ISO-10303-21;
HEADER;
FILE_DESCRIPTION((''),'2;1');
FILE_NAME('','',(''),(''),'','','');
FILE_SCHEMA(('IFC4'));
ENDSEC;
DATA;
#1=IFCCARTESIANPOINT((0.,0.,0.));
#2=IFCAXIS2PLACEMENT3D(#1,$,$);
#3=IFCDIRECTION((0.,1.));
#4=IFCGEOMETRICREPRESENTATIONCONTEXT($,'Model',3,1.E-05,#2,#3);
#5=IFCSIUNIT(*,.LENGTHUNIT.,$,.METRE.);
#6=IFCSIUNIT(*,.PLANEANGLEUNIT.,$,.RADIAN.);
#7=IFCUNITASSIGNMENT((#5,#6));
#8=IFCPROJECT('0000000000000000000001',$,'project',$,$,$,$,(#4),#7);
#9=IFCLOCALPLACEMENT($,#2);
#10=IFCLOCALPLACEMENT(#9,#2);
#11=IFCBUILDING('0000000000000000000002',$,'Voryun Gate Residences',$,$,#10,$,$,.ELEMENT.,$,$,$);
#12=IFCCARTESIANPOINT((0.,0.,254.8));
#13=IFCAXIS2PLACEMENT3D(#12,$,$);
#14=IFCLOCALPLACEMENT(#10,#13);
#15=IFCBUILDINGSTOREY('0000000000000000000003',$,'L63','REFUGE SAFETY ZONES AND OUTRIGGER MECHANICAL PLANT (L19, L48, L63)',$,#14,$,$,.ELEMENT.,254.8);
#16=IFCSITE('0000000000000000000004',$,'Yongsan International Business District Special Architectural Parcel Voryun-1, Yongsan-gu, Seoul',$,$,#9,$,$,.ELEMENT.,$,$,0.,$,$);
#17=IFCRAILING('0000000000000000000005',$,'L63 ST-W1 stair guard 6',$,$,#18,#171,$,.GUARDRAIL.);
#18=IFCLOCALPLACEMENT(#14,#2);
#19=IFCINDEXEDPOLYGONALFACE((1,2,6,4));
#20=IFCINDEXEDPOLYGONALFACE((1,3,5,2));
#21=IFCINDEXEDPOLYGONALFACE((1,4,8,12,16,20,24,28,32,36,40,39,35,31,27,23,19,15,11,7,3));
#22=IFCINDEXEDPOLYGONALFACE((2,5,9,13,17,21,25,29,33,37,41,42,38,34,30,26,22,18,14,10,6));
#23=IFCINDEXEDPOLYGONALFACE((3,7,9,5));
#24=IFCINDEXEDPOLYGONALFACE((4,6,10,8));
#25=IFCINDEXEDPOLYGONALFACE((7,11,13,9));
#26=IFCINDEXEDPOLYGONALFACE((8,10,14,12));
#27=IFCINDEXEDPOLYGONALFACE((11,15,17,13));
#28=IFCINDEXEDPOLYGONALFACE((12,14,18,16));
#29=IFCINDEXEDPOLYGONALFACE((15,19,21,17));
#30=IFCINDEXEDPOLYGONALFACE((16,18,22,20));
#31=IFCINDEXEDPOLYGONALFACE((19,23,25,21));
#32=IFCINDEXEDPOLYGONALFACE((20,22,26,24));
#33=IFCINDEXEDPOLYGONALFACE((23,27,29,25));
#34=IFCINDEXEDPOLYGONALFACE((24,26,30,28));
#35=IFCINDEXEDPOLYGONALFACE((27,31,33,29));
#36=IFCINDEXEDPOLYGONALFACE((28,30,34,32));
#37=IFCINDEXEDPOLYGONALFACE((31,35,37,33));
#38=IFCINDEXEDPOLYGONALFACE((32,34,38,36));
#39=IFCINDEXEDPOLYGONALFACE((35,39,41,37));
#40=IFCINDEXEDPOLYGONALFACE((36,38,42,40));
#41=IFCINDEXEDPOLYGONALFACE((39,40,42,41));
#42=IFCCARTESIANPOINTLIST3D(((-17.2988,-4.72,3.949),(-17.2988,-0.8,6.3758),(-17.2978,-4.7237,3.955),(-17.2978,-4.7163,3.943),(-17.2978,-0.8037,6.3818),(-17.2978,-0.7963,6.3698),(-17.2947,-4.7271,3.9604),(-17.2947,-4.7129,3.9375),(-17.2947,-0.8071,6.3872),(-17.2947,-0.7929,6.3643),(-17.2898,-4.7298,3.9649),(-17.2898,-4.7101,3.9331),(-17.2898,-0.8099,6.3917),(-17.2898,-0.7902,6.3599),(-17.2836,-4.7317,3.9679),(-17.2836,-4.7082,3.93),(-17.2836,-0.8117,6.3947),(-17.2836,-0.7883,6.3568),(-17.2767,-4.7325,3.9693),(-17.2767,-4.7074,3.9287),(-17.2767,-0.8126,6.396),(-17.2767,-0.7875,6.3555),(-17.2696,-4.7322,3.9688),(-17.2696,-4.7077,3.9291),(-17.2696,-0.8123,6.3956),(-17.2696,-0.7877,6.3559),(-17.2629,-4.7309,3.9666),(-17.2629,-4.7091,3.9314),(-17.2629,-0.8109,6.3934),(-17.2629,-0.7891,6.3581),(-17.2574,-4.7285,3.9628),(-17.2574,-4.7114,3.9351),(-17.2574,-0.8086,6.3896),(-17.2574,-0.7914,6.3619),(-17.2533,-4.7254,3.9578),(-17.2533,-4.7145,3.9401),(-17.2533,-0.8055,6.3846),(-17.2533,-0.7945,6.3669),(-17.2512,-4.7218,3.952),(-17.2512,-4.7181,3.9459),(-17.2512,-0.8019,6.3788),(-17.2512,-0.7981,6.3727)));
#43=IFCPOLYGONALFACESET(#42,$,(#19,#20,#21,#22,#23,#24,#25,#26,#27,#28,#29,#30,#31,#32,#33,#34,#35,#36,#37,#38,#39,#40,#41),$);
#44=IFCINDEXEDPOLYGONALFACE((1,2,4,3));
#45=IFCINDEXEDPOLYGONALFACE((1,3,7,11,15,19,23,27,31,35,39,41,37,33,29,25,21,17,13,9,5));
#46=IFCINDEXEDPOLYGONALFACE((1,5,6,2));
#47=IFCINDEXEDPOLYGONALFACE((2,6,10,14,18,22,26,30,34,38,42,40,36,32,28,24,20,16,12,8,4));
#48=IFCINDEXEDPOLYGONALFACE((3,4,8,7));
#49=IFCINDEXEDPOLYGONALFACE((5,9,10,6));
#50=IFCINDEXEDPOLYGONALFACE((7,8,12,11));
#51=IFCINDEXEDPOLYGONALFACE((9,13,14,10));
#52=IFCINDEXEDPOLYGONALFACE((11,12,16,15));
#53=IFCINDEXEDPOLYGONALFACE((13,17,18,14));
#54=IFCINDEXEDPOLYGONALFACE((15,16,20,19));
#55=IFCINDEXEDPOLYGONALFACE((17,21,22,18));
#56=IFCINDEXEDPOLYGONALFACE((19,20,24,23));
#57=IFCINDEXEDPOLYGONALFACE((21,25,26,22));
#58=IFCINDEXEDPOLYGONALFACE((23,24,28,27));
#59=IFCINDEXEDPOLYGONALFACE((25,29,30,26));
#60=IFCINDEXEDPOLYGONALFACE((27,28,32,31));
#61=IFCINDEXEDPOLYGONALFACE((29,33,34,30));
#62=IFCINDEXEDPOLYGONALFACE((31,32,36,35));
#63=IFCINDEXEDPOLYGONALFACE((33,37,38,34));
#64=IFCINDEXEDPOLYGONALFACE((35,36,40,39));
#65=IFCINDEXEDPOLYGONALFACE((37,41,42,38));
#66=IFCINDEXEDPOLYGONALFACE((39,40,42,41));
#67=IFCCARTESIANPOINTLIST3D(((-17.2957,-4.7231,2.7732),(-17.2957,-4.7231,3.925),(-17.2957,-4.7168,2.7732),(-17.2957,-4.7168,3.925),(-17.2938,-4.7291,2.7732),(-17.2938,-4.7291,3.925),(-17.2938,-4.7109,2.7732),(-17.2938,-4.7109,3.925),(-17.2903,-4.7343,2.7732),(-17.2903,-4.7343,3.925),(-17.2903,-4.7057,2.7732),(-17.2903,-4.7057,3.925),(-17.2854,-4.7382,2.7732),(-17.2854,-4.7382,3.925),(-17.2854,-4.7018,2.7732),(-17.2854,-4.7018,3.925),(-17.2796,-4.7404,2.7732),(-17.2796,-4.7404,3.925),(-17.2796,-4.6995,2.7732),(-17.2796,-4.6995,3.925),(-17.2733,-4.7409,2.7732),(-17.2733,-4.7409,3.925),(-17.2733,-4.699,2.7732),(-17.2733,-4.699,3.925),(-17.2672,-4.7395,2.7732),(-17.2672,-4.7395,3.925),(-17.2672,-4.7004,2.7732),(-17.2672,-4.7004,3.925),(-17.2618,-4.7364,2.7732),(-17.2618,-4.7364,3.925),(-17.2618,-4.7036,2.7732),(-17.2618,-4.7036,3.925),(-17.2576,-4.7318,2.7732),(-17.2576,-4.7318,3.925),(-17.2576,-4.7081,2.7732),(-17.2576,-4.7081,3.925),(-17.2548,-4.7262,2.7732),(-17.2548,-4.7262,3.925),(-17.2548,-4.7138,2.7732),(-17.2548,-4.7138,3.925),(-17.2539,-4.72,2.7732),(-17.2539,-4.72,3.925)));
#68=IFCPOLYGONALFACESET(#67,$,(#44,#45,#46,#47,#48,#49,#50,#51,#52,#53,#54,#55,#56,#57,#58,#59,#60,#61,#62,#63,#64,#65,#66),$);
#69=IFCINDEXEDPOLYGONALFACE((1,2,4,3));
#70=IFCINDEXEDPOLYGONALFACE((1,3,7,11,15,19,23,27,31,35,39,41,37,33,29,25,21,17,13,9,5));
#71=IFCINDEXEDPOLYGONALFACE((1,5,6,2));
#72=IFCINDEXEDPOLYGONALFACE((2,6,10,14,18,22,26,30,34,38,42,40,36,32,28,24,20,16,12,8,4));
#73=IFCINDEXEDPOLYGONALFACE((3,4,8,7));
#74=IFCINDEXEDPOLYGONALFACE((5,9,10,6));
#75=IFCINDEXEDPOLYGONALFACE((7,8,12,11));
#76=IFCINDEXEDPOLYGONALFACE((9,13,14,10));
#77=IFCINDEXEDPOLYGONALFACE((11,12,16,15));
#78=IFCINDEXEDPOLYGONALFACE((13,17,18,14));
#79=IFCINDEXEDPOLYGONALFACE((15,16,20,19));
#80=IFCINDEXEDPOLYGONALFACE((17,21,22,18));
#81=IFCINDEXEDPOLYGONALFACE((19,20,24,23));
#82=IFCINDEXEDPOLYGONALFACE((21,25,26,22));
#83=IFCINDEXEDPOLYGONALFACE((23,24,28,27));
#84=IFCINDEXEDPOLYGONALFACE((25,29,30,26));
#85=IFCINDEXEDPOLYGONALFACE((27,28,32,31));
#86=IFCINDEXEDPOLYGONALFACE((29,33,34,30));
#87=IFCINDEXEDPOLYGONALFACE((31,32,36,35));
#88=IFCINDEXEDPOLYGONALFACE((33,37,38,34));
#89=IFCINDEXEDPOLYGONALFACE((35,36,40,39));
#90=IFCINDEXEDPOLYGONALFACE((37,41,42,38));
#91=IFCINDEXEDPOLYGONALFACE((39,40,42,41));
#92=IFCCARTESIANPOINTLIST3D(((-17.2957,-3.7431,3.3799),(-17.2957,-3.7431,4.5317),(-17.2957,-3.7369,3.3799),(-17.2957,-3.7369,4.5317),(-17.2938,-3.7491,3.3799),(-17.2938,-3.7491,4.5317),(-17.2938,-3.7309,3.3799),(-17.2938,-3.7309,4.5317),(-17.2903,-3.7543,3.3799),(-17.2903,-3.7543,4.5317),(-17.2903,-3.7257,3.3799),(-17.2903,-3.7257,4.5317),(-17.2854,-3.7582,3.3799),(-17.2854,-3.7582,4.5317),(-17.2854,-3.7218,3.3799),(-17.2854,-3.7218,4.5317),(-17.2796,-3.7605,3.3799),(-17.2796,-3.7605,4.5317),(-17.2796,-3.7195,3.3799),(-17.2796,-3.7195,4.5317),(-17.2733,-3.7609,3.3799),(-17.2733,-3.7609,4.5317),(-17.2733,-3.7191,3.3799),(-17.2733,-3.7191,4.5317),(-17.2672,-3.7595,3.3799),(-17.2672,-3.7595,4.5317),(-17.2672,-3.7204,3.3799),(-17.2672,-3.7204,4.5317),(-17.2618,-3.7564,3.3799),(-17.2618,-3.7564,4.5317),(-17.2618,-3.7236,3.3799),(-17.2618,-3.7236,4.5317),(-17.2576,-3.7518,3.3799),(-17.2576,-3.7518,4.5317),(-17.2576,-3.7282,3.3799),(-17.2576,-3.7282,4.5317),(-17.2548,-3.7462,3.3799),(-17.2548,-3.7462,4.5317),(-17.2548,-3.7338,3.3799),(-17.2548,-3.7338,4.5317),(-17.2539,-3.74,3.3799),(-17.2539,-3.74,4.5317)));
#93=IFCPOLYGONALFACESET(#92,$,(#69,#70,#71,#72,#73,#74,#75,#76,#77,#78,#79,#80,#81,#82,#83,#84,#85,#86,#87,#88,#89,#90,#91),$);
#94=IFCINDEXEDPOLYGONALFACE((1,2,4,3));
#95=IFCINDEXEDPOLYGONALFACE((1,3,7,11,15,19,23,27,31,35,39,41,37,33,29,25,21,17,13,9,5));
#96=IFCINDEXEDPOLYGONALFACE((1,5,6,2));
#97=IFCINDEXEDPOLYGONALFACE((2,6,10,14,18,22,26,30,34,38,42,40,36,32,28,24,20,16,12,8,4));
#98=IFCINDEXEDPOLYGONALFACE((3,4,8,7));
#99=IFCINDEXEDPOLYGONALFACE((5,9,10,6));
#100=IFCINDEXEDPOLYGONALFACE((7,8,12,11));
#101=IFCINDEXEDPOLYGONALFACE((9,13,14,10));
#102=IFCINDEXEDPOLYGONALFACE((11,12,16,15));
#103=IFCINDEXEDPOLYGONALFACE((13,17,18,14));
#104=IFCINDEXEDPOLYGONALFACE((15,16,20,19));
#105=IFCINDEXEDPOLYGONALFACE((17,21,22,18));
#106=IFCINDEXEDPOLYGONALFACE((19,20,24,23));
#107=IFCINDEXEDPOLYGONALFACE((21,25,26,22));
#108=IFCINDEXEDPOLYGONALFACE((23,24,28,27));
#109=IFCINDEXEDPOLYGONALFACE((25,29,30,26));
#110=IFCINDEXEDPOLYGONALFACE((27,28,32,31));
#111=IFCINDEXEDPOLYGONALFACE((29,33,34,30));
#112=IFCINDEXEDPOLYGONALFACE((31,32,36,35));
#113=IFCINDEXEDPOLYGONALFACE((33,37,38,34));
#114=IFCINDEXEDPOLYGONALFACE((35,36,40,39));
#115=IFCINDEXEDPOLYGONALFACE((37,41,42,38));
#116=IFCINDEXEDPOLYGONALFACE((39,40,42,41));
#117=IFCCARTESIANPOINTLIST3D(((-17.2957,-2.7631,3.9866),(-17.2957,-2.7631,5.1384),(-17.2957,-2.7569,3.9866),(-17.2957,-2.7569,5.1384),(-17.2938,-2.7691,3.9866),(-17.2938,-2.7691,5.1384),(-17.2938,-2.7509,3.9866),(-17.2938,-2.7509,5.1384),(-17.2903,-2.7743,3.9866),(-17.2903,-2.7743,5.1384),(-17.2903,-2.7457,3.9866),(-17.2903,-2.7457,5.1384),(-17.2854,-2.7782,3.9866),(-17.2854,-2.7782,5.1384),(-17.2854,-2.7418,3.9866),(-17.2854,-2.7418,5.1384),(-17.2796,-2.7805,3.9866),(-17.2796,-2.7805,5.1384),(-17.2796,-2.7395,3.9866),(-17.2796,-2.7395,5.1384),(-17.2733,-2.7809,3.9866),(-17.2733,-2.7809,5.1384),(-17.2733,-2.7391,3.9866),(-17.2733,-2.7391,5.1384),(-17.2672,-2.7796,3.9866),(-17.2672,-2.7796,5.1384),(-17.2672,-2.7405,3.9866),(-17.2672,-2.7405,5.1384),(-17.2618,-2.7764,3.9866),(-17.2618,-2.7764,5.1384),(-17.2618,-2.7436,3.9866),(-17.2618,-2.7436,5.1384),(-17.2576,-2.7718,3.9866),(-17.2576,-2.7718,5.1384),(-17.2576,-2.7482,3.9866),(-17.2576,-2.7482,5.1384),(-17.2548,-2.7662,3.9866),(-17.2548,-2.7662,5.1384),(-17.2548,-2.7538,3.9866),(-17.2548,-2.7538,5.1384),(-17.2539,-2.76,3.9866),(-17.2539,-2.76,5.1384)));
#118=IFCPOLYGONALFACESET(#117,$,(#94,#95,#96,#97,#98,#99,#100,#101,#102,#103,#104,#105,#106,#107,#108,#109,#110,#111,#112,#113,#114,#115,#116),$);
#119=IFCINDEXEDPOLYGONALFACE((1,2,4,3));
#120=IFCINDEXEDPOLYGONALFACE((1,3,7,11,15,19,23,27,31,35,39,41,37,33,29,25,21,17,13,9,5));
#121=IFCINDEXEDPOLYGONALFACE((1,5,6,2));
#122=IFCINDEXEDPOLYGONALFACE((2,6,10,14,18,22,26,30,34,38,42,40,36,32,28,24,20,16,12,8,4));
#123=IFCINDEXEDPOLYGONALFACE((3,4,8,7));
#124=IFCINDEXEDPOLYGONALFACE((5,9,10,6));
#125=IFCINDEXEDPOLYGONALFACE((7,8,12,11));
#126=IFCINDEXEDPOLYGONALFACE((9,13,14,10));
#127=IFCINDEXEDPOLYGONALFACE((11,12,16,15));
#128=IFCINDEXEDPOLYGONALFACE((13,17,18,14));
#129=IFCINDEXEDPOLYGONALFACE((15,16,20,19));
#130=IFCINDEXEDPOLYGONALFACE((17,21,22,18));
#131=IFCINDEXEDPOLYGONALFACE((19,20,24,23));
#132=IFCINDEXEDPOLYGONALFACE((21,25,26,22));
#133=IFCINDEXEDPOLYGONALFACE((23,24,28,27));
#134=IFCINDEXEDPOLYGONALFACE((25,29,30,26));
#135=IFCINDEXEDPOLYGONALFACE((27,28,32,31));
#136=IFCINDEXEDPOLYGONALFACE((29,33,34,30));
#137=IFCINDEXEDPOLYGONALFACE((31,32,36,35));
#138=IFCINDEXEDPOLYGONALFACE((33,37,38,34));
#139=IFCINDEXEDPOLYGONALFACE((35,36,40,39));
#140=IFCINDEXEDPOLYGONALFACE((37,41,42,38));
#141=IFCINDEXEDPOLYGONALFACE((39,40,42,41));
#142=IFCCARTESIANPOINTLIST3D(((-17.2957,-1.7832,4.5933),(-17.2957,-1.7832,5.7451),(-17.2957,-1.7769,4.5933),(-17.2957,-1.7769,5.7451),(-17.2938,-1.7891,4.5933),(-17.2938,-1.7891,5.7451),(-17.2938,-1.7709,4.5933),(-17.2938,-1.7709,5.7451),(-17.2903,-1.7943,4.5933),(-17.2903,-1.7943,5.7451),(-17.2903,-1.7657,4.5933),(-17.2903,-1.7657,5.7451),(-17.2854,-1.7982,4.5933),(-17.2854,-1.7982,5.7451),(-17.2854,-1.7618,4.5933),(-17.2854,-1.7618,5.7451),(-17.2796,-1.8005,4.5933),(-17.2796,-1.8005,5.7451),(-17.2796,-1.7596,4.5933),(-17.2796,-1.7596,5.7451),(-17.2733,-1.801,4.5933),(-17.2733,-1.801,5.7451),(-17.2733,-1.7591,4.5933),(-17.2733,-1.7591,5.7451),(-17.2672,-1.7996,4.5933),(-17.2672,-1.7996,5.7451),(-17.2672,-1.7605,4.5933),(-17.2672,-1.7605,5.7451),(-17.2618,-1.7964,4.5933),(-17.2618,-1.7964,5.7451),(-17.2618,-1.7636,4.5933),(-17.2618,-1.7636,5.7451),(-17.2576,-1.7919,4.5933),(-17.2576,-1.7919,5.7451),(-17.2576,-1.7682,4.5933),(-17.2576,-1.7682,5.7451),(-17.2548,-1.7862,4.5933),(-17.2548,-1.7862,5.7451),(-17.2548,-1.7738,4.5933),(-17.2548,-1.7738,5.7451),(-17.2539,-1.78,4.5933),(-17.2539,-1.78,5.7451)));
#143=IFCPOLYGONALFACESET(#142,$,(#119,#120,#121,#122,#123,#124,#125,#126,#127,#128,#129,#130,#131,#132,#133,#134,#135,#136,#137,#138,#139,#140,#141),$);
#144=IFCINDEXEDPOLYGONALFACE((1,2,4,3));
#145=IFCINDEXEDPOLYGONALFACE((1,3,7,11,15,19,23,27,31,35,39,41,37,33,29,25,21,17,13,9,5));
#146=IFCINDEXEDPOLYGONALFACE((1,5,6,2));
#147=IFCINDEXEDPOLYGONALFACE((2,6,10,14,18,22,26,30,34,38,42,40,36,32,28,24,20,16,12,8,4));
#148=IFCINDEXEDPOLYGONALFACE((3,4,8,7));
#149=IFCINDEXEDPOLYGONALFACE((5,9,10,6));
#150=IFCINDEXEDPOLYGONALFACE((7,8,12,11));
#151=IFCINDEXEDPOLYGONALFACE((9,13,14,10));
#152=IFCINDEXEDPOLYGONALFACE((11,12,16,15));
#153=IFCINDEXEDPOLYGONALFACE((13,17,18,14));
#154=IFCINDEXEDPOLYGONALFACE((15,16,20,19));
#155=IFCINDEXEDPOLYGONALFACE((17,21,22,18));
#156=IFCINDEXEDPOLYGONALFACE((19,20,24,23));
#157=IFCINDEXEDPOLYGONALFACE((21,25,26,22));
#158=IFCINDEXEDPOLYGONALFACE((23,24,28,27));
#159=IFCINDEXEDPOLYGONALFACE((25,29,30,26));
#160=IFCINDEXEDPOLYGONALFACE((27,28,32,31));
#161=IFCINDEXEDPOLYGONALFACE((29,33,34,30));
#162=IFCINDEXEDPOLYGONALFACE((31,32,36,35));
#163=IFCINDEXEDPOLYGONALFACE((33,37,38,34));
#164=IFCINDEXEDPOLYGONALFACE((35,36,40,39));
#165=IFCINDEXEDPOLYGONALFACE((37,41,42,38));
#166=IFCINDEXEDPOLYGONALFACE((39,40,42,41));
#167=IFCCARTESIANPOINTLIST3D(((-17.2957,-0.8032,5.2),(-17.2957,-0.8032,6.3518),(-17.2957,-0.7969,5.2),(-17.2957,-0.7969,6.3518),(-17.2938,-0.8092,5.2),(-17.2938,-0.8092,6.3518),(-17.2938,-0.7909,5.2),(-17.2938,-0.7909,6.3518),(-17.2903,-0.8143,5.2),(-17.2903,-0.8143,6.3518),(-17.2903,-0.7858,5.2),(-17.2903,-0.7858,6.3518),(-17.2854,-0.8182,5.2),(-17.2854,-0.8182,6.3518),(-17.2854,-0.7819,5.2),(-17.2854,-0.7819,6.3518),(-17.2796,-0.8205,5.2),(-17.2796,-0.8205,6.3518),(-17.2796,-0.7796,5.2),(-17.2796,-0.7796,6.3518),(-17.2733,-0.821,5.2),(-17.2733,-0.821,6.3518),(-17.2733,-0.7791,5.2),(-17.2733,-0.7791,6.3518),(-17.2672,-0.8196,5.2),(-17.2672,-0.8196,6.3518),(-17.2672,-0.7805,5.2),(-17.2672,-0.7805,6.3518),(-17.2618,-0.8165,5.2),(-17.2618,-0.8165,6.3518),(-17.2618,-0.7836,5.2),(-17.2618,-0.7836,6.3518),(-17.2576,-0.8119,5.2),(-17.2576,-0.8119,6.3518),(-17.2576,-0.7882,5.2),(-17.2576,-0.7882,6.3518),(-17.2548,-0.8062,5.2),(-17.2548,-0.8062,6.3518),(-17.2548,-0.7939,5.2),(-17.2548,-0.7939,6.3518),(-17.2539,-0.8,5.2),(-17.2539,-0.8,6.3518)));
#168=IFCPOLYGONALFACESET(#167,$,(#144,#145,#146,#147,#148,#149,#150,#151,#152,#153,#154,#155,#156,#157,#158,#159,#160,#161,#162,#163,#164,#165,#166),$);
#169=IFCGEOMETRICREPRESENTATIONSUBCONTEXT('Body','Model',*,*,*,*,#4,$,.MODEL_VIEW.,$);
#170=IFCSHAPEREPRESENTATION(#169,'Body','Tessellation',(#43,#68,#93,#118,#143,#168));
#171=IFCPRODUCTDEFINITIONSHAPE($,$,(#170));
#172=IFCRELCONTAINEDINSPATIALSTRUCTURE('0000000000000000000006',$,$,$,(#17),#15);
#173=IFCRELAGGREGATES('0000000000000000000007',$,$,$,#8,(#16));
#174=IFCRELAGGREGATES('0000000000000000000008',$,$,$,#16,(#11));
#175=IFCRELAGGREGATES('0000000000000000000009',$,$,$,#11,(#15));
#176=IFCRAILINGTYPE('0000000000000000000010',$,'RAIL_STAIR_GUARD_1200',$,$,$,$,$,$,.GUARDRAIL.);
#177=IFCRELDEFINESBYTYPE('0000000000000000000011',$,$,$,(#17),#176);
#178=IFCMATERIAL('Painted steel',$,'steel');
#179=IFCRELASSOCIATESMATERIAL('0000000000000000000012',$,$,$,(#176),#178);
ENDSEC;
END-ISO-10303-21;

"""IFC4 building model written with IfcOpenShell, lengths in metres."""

from ifc_helpers import new_model, si_unit, direction, frame, origin, origin_2d, place, context, subcontext, project, spatial, circle, extrude, material, type_object, element, save


model = new_model("IFC4")

# Units and contexts
model_context = context("Model", 3, precision=1e-05, world=origin(), true_north=direction((0.0, 1.0)))
body_context = subcontext(model_context, "Body", "Model", "MODEL_VIEW")
ifc_project = project(units=[si_unit("LENGTHUNIT", "METRE"), si_unit("PLANEANGLEUNIT", "RADIAN")], contexts=[model_context])

# Site, building, storey
site_placement = place(None, origin())
site = spatial("IfcSite", under=ifc_project, at=site_placement, Name="Yongsan International Business District Special Architectural Parcel Voryun-1, Yongsan-gu, Seoul", CompositionType="ELEMENT", RefElevation=0.0)
building_placement = place(site_placement, origin())
building = spatial("IfcBuilding", under=site, at=building_placement, Name="Voryun Gate Residences", CompositionType="ELEMENT")
storey_placement = place(building_placement, frame((0.0, 0.0, 254.8)))
storey = spatial("IfcBuildingStorey", under=building, at=storey_placement, Name="L63", Description="REFUGE SAFETY ZONES AND OUTRIGGER MECHANICAL PLANT (L19, L48, L63)", CompositionType="ELEMENT", Elevation=254.8)

# Railing
ifc_material_1 = material(Name="Painted steel", Category="steel")
railing_type_1 = type_object("IfcRailingType", Name="RAIL_STAIR_GUARD_1200", PredefinedType="GUARDRAIL", material=ifc_material_1)
railing_1_placement = place(storey_placement, frame((-17.2749, -4.72, 2.7732)))
element("IfcRailing", 1, at=railing_1_placement, inside=storey, type_object=railing_type_1, Name="L63 ST-W1 stair guard 6", PredefinedType="GUARDRAIL", context=body_context, shape_type="SweptSolid", body=[
    extrude(circle(Radius=0.0239, at=origin_2d()), frame((0.0, 0.0, 1.1758), z_axis=(0.0, 0.850252, 0.526376), x_axis=(-1.0, 0.0, 0.0)), (0.0, 0.0, 1.0), 4.6104),
    extrude(circle(Radius=0.021, at=origin_2d()), origin(), (0.0, 0.0, 1.0), 1.1519),
    extrude(circle(Radius=0.021, at=origin_2d()), frame((0.0, 0.98, 0.6067)), (0.0, 0.0, 1.0), 1.1519),
    extrude(circle(Radius=0.021, at=origin_2d()), frame((0.0, 1.96, 1.2134)), (0.0, 0.0, 1.0), 1.1519),
    extrude(circle(Radius=0.021, at=origin_2d()), frame((0.0, 2.9399, 1.8201)), (0.0, 0.0, 1.0), 1.1519),
    extrude(circle(Radius=0.021, at=origin_2d()), frame((0.0, 3.9199, 2.4268)), (0.0, 0.0, 1.0), 1.1519),
])

save(model, "model.ifc")
